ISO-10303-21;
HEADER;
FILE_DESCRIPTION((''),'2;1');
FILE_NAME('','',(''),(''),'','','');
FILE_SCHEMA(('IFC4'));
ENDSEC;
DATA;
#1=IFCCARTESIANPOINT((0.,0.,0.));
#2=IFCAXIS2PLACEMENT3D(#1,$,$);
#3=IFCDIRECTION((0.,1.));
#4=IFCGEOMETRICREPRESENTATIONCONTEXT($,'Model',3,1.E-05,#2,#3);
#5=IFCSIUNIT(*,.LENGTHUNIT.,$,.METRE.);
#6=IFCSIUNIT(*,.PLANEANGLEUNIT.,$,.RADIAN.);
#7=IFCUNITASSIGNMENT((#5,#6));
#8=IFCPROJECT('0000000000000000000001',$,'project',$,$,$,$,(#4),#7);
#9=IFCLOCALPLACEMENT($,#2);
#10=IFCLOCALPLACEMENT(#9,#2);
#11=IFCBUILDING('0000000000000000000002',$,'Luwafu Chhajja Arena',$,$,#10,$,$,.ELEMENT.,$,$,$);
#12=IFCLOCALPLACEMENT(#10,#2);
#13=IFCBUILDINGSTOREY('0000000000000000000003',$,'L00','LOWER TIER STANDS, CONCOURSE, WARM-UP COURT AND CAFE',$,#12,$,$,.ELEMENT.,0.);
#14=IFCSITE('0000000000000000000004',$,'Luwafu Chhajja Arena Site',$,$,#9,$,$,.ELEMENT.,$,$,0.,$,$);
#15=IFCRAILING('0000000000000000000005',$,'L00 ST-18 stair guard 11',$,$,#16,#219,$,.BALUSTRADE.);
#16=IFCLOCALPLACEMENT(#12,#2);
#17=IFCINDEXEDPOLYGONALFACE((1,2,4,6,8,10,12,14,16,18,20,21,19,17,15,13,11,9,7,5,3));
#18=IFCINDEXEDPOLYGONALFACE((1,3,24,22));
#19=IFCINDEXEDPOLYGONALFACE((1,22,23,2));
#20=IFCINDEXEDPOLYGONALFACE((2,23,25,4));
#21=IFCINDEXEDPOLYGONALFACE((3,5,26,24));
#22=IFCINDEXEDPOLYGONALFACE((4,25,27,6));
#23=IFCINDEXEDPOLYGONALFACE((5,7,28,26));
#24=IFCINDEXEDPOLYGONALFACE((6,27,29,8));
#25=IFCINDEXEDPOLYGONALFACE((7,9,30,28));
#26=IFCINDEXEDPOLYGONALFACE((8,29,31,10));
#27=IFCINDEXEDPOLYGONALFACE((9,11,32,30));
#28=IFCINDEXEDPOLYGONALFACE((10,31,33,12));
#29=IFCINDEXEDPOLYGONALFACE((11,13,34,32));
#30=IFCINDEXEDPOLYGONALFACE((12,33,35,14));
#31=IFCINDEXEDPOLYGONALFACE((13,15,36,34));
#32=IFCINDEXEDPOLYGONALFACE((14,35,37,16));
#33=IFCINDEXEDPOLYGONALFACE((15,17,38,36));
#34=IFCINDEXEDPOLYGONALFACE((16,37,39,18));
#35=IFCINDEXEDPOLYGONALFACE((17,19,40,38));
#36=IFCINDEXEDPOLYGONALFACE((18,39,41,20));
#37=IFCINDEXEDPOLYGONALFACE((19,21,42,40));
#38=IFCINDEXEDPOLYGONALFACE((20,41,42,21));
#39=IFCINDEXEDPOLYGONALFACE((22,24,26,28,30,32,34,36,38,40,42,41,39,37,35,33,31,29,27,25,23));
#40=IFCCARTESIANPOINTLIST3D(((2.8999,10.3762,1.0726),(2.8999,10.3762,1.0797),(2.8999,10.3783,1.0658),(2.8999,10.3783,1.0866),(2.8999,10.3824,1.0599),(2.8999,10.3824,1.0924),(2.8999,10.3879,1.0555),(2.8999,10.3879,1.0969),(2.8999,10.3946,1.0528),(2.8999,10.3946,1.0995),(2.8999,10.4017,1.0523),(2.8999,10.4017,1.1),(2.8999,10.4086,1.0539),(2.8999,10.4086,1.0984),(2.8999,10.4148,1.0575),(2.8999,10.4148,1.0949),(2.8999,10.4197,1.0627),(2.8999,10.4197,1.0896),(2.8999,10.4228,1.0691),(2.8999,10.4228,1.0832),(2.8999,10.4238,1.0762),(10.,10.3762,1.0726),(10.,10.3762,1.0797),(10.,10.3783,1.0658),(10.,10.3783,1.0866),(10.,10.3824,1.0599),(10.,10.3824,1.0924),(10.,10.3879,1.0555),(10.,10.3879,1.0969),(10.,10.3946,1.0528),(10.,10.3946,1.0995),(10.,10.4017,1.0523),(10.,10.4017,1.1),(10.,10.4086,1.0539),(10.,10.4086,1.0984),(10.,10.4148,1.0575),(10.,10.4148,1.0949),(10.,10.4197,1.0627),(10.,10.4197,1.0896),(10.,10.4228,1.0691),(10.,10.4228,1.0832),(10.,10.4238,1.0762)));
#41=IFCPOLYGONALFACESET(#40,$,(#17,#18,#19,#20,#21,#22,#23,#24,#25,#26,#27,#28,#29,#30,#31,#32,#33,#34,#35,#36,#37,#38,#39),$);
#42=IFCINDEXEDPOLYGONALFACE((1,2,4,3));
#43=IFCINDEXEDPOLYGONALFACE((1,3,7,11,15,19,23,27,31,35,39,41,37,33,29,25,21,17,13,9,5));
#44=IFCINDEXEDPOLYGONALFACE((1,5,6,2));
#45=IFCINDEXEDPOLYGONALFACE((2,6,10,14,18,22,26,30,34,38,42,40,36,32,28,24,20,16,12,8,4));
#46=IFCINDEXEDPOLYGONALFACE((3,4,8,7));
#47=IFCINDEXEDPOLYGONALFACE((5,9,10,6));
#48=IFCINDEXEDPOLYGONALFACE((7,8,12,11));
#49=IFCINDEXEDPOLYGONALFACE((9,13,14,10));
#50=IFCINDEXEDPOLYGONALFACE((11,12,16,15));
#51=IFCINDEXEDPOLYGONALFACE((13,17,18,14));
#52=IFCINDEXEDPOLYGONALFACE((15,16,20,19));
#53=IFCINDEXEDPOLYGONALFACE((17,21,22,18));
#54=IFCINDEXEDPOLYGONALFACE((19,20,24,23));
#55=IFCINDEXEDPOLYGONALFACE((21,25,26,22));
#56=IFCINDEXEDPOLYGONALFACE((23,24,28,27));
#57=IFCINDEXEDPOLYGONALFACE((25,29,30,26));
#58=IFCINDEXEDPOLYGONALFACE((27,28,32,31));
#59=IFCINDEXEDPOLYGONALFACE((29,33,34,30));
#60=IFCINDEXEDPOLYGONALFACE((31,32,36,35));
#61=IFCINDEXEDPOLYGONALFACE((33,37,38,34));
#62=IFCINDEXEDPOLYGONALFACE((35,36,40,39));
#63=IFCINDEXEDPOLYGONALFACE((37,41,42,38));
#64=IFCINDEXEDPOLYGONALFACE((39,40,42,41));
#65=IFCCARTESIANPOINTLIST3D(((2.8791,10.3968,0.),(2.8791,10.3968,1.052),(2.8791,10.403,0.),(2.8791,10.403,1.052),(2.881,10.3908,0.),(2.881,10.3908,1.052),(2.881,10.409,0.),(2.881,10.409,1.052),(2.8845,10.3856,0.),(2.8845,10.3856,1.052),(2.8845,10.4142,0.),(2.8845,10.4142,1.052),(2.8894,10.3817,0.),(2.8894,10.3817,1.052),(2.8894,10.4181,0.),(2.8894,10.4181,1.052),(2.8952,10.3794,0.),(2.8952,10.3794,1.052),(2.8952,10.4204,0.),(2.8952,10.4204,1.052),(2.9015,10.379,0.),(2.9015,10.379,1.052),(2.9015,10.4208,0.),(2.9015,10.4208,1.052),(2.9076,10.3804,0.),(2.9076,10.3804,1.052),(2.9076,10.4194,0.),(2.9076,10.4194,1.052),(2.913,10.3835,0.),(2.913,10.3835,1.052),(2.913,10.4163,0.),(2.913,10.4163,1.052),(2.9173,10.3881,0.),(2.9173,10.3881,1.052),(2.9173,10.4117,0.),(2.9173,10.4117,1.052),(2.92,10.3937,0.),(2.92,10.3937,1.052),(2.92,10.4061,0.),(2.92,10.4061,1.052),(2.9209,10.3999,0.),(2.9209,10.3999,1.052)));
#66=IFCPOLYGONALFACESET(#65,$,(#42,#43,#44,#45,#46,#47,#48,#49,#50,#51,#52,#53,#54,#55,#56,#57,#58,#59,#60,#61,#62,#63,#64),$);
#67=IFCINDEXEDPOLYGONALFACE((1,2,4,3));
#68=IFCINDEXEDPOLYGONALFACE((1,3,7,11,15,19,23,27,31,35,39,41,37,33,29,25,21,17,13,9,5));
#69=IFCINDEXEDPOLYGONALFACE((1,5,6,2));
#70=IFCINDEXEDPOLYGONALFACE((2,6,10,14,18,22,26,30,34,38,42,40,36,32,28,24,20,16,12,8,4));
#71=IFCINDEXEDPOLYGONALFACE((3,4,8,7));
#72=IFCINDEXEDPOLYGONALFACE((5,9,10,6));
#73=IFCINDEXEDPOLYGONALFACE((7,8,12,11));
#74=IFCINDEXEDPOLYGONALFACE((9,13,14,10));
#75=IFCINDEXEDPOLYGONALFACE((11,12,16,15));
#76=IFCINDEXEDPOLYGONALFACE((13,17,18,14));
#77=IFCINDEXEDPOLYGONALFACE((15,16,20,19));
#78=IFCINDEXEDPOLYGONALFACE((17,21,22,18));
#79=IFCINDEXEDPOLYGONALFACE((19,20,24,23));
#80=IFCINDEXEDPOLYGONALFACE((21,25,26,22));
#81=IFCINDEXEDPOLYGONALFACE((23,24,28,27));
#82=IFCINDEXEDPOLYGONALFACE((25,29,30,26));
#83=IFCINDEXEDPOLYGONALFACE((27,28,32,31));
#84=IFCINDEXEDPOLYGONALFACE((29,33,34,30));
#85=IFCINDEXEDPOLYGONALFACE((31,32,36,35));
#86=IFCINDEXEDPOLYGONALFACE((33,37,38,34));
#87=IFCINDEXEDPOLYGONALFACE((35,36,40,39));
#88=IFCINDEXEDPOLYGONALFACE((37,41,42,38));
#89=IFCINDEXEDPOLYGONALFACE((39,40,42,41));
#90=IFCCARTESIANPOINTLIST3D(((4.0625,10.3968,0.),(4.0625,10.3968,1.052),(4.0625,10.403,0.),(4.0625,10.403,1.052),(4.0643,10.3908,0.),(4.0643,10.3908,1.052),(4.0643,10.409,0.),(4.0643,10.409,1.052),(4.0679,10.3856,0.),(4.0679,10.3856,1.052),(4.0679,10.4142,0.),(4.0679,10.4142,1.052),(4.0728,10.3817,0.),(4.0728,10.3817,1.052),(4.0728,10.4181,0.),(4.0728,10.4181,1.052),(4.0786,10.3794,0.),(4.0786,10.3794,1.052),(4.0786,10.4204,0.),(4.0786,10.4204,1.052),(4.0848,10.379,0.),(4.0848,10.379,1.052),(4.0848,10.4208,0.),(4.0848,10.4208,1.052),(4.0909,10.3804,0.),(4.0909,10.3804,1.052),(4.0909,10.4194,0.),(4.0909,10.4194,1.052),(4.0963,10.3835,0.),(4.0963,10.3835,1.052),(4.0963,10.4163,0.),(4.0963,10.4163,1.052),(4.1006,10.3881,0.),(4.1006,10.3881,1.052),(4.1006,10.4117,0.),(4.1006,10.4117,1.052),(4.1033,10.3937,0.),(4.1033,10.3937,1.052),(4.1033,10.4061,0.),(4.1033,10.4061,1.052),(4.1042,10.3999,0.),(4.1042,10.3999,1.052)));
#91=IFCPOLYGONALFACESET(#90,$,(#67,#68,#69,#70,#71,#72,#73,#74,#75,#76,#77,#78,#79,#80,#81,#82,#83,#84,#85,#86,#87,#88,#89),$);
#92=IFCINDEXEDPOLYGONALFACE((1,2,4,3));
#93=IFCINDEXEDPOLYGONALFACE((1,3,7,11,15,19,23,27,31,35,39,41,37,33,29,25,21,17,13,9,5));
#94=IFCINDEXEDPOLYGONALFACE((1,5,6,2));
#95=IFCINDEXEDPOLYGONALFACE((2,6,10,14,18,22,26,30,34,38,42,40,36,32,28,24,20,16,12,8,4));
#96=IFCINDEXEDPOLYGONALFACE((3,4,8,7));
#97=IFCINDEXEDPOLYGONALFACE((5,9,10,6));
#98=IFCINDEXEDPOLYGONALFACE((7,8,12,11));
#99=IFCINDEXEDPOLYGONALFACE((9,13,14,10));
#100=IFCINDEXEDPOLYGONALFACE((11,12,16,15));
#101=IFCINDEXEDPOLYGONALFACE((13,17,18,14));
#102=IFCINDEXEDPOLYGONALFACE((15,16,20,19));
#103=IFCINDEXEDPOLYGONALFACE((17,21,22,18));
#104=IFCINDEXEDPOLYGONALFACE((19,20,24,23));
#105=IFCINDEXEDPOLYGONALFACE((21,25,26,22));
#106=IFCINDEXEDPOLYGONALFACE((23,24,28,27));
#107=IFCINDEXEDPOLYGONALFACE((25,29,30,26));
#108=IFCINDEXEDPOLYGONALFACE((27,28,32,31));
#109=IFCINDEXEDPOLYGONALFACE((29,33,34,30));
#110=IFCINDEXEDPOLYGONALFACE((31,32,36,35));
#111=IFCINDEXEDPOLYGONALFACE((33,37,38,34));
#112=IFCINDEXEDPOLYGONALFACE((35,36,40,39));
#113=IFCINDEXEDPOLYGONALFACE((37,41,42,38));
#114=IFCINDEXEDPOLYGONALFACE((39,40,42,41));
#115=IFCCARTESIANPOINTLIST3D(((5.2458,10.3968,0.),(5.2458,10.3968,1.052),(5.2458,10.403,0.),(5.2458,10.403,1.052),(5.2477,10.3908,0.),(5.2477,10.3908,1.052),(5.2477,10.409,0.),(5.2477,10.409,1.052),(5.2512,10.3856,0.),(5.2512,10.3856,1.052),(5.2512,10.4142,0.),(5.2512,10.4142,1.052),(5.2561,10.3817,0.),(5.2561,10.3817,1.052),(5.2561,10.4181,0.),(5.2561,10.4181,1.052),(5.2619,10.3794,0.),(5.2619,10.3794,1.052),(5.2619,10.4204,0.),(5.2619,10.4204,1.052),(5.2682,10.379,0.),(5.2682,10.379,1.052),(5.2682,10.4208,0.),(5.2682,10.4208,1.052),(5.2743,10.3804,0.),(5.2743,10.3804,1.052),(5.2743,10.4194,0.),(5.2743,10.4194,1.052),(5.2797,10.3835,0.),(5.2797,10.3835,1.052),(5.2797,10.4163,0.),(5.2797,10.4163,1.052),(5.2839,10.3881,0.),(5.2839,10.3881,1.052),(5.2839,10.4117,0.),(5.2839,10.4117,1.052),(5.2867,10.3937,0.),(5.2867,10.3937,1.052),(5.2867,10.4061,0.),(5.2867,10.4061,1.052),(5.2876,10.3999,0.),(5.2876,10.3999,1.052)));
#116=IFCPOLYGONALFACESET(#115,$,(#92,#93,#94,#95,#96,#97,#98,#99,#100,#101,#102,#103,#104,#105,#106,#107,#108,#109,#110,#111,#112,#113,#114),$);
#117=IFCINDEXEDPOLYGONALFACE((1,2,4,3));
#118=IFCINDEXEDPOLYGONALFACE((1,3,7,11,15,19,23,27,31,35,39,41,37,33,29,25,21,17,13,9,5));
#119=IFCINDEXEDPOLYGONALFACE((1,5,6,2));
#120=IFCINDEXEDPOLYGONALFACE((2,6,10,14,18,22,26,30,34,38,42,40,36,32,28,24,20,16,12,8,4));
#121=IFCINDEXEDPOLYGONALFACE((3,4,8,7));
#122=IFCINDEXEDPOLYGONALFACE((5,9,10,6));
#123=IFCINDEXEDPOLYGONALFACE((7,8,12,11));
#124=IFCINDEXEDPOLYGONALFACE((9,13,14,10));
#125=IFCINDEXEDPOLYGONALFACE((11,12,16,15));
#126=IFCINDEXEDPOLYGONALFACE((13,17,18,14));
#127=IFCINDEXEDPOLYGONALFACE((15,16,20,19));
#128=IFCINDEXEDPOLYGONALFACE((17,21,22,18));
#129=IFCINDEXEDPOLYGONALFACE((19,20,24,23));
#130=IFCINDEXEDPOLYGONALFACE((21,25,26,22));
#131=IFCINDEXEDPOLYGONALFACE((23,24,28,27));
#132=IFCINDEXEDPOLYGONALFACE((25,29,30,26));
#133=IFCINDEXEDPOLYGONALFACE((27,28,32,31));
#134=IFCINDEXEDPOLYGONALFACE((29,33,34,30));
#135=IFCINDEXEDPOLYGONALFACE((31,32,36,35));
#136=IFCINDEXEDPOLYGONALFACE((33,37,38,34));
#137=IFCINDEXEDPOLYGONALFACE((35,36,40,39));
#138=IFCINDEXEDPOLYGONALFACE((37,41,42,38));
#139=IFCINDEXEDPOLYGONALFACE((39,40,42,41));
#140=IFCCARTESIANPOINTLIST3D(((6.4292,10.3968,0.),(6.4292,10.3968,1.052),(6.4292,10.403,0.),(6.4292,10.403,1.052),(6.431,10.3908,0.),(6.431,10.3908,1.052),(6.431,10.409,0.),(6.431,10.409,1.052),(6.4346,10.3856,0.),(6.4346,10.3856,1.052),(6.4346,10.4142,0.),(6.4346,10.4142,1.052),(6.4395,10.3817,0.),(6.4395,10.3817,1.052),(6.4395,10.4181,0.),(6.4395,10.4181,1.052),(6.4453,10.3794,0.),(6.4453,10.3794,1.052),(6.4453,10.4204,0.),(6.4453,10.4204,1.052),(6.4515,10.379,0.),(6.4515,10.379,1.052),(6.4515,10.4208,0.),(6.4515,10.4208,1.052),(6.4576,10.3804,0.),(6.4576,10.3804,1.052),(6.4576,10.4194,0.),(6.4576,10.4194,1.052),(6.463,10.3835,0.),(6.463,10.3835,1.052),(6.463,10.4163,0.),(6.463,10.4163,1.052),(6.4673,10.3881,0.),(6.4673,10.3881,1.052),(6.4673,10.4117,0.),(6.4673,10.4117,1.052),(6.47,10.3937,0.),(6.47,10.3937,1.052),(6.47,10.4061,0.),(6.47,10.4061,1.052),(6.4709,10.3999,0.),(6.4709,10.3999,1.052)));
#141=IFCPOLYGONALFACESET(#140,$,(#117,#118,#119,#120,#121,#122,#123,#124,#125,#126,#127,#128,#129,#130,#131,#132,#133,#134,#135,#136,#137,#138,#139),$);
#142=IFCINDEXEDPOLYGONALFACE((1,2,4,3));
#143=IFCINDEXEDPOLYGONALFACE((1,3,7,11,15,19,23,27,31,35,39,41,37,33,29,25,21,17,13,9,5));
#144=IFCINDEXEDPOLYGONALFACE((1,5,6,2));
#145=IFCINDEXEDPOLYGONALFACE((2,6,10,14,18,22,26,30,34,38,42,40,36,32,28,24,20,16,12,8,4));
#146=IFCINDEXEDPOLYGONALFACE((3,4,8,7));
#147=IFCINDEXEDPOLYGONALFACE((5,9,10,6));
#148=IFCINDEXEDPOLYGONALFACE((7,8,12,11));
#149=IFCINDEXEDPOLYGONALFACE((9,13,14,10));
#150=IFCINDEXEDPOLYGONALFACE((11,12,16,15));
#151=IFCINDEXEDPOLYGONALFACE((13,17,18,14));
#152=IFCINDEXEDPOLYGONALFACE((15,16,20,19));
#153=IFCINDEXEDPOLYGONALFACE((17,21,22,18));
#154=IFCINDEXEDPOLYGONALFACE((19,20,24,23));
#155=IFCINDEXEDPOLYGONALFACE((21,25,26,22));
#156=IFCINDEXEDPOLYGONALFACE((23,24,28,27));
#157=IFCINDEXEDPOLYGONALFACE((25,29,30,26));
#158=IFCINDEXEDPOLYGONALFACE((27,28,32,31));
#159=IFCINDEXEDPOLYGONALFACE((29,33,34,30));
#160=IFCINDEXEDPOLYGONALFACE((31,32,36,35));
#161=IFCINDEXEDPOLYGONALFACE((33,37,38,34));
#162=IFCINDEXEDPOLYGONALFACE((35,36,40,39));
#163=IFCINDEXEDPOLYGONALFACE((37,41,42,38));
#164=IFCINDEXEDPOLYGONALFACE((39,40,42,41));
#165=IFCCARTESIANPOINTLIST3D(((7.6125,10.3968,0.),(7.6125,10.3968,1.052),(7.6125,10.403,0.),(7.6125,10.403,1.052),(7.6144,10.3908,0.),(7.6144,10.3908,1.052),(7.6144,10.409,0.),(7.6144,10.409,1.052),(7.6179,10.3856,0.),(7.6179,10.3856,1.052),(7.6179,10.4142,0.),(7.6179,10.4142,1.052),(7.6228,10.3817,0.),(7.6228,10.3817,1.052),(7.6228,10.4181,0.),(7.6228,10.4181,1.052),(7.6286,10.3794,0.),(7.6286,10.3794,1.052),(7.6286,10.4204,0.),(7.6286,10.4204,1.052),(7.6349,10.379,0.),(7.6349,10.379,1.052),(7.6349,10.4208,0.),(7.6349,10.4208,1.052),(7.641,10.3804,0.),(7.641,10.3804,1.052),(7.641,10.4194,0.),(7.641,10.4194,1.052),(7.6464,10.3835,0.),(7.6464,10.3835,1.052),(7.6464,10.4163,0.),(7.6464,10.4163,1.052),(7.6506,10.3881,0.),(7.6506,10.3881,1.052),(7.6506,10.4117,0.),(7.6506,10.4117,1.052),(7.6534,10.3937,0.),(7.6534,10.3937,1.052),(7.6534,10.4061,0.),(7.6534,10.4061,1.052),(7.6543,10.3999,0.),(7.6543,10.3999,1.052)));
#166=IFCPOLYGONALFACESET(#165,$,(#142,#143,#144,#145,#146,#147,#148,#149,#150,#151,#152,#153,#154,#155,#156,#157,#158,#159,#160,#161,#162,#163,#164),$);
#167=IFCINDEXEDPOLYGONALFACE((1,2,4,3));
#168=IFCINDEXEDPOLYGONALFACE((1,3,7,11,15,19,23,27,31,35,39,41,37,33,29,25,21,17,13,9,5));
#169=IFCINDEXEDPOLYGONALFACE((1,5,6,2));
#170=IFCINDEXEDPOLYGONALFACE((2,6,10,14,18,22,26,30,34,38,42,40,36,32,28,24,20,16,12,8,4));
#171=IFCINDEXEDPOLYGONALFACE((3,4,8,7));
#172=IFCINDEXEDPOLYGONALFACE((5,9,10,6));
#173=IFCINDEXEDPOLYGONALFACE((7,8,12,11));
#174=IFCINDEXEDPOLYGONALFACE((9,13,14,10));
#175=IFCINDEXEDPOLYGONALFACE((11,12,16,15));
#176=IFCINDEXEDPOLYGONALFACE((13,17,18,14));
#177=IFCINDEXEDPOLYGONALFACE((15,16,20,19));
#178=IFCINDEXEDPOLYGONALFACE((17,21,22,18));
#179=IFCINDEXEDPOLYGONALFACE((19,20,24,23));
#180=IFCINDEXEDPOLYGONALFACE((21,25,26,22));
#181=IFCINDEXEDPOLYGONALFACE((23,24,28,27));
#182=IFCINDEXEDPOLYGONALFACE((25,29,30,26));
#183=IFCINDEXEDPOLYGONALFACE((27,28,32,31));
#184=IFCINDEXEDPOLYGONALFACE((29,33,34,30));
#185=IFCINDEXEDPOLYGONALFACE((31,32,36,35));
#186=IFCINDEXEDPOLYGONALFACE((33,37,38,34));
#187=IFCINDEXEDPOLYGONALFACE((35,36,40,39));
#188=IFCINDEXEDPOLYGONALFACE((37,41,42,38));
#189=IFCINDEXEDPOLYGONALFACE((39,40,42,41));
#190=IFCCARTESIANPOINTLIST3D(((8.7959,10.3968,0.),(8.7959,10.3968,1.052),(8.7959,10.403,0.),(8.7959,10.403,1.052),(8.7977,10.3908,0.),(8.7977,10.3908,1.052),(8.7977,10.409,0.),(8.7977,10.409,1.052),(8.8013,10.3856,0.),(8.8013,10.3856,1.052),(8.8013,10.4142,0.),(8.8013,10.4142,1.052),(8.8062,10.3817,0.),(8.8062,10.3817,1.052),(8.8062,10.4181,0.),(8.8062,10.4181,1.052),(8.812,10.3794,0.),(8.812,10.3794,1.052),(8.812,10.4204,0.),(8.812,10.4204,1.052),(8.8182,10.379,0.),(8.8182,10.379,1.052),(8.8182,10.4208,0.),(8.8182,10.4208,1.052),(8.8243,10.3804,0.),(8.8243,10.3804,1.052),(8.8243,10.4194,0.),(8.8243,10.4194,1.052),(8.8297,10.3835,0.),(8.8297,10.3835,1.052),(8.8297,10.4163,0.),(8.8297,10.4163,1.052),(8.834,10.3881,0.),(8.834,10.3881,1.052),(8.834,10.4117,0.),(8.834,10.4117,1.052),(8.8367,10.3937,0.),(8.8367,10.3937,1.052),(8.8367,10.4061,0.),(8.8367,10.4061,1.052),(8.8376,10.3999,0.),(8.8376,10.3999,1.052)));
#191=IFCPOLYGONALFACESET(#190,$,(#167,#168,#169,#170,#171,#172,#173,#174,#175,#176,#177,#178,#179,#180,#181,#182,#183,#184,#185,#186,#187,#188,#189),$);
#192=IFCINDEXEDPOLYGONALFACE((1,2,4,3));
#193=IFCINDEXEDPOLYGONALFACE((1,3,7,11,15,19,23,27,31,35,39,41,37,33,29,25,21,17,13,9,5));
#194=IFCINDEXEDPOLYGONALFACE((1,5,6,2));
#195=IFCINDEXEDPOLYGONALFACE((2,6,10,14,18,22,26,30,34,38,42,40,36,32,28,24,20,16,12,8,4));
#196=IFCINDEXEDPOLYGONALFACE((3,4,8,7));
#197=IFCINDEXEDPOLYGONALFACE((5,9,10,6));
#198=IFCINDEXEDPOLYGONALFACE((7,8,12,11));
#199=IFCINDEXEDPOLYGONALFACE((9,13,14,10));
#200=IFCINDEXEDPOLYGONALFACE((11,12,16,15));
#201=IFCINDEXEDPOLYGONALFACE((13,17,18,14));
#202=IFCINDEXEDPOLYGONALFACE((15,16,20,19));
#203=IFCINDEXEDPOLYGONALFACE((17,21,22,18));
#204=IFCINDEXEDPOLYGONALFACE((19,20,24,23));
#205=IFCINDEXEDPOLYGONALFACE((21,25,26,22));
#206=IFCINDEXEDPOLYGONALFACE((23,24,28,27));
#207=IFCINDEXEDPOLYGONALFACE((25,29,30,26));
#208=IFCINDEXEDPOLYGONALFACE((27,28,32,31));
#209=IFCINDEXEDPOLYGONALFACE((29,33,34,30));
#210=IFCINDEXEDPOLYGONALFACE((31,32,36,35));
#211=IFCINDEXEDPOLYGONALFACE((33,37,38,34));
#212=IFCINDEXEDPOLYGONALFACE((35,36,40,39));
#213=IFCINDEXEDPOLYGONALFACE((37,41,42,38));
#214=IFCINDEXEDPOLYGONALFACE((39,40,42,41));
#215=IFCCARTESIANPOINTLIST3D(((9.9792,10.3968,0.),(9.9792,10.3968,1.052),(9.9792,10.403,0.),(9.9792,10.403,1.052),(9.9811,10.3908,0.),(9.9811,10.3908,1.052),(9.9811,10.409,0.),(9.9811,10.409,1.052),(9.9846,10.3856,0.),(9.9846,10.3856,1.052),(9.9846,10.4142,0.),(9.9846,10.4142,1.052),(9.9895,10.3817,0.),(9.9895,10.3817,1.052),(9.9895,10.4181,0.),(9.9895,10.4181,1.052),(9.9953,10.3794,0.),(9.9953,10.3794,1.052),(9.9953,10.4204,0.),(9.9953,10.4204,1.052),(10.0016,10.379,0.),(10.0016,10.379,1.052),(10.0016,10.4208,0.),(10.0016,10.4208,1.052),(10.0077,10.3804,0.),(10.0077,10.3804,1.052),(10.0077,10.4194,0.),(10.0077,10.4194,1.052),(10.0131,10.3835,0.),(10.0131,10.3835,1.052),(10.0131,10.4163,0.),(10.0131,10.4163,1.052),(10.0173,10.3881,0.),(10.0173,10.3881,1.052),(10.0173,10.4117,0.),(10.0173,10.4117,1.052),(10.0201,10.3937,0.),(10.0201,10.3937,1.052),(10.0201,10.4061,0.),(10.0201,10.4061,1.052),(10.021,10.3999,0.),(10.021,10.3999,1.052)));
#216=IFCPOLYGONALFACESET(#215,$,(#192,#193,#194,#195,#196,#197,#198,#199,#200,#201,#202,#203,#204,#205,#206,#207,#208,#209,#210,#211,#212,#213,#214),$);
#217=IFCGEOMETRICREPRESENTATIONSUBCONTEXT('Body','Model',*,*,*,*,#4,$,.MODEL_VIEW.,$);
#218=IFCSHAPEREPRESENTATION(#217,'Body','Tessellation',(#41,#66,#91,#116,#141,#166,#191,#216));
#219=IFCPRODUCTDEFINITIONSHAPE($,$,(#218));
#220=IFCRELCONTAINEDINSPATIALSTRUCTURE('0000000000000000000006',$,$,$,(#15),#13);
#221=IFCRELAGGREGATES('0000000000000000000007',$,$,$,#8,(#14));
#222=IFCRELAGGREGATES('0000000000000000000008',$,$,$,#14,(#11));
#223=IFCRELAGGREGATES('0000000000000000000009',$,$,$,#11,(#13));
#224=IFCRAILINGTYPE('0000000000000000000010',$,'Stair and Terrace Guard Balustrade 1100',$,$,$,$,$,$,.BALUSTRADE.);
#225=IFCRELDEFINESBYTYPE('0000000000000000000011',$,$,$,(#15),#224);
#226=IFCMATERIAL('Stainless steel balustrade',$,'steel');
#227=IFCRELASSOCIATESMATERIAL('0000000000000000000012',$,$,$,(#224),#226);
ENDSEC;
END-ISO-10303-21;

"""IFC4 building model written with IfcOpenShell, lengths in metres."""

from ifc_helpers import new_model, si_unit, direction, frame, origin, origin_2d, place, context, subcontext, project, spatial, circle, extrude, material, type_object, element, save


model = new_model("IFC4")

# Units and contexts
model_context = context("Model", 3, precision=1e-05, world=origin(), true_north=direction((0.0, 1.0)))
body_context = subcontext(model_context, "Body", "Model", "MODEL_VIEW")
ifc_project = project(units=[si_unit("LENGTHUNIT", "METRE"), si_unit("PLANEANGLEUNIT", "RADIAN")], contexts=[model_context])

# Site, building, storey
site_placement = place(None, origin())
site = spatial("IfcSite", under=ifc_project, at=site_placement, Name="Luwafu Chhajja Arena Site", CompositionType="ELEMENT", RefElevation=0.0)
building_placement = place(site_placement, origin())
building = spatial("IfcBuilding", under=site, at=building_placement, Name="Luwafu Chhajja Arena", CompositionType="ELEMENT")
storey_placement = place(building_placement, origin())
storey = spatial("IfcBuildingStorey", under=building, at=storey_placement, Name="L00", Description="LOWER TIER STANDS, CONCOURSE, WARM-UP COURT AND CAFE", CompositionType="ELEMENT", Elevation=0.0)

# Railing
ifc_material_1 = material(Name="Stainless steel balustrade", Category="steel")
railing_type_1 = type_object("IfcRailingType", Name="Stair and Terrace Guard Balustrade 1100", PredefinedType="BALUSTRADE", material=ifc_material_1)
for number, where, name in (
    (1, (2.8999, 10.3999, 0.0), "L00 ST-18 stair guard 11"),
):
    element("IfcRailing", number, at=place(storey_placement, frame(where)), inside=storey, type_object=railing_type_1, Name=name, PredefinedType="BALUSTRADE", context=body_context, shape_type="SweptSolid", body=[
        extrude(circle(Radius=0.0239, at=origin_2d()), frame((0.0, 0.0, 1.0762), z_axis=(1.0, 0.0, 0.0), x_axis=(0.0, 1.0, 0.0)), (0.0, 0.0, 1.0), 7.1001),
        extrude(circle(Radius=0.021, at=origin_2d()), origin(), (0.0, 0.0, 1.0), 1.052),
        extrude(circle(Radius=0.021, at=origin_2d()), frame((1.1833, 0.0, 0.0)), (0.0, 0.0, 1.0), 1.052),
        extrude(circle(Radius=0.021, at=origin_2d()), frame((2.3667, 0.0, 0.0)), (0.0, 0.0, 1.0), 1.052),
        extrude(circle(Radius=0.021, at=origin_2d()), frame((3.55, 0.0, 0.0)), (0.0, 0.0, 1.0), 1.052),
        extrude(circle(Radius=0.021, at=origin_2d()), frame((4.7334, 0.0, 0.0)), (0.0, 0.0, 1.0), 1.052),
        extrude(circle(Radius=0.021, at=origin_2d()), frame((5.9167, 0.0, 0.0)), (0.0, 0.0, 1.0), 1.052),
        extrude(circle(Radius=0.021, at=origin_2d()), frame((7.1001, 0.0, 0.0)), (0.0, 0.0, 1.0), 1.052),
    ])

save(model, "model.ifc")
